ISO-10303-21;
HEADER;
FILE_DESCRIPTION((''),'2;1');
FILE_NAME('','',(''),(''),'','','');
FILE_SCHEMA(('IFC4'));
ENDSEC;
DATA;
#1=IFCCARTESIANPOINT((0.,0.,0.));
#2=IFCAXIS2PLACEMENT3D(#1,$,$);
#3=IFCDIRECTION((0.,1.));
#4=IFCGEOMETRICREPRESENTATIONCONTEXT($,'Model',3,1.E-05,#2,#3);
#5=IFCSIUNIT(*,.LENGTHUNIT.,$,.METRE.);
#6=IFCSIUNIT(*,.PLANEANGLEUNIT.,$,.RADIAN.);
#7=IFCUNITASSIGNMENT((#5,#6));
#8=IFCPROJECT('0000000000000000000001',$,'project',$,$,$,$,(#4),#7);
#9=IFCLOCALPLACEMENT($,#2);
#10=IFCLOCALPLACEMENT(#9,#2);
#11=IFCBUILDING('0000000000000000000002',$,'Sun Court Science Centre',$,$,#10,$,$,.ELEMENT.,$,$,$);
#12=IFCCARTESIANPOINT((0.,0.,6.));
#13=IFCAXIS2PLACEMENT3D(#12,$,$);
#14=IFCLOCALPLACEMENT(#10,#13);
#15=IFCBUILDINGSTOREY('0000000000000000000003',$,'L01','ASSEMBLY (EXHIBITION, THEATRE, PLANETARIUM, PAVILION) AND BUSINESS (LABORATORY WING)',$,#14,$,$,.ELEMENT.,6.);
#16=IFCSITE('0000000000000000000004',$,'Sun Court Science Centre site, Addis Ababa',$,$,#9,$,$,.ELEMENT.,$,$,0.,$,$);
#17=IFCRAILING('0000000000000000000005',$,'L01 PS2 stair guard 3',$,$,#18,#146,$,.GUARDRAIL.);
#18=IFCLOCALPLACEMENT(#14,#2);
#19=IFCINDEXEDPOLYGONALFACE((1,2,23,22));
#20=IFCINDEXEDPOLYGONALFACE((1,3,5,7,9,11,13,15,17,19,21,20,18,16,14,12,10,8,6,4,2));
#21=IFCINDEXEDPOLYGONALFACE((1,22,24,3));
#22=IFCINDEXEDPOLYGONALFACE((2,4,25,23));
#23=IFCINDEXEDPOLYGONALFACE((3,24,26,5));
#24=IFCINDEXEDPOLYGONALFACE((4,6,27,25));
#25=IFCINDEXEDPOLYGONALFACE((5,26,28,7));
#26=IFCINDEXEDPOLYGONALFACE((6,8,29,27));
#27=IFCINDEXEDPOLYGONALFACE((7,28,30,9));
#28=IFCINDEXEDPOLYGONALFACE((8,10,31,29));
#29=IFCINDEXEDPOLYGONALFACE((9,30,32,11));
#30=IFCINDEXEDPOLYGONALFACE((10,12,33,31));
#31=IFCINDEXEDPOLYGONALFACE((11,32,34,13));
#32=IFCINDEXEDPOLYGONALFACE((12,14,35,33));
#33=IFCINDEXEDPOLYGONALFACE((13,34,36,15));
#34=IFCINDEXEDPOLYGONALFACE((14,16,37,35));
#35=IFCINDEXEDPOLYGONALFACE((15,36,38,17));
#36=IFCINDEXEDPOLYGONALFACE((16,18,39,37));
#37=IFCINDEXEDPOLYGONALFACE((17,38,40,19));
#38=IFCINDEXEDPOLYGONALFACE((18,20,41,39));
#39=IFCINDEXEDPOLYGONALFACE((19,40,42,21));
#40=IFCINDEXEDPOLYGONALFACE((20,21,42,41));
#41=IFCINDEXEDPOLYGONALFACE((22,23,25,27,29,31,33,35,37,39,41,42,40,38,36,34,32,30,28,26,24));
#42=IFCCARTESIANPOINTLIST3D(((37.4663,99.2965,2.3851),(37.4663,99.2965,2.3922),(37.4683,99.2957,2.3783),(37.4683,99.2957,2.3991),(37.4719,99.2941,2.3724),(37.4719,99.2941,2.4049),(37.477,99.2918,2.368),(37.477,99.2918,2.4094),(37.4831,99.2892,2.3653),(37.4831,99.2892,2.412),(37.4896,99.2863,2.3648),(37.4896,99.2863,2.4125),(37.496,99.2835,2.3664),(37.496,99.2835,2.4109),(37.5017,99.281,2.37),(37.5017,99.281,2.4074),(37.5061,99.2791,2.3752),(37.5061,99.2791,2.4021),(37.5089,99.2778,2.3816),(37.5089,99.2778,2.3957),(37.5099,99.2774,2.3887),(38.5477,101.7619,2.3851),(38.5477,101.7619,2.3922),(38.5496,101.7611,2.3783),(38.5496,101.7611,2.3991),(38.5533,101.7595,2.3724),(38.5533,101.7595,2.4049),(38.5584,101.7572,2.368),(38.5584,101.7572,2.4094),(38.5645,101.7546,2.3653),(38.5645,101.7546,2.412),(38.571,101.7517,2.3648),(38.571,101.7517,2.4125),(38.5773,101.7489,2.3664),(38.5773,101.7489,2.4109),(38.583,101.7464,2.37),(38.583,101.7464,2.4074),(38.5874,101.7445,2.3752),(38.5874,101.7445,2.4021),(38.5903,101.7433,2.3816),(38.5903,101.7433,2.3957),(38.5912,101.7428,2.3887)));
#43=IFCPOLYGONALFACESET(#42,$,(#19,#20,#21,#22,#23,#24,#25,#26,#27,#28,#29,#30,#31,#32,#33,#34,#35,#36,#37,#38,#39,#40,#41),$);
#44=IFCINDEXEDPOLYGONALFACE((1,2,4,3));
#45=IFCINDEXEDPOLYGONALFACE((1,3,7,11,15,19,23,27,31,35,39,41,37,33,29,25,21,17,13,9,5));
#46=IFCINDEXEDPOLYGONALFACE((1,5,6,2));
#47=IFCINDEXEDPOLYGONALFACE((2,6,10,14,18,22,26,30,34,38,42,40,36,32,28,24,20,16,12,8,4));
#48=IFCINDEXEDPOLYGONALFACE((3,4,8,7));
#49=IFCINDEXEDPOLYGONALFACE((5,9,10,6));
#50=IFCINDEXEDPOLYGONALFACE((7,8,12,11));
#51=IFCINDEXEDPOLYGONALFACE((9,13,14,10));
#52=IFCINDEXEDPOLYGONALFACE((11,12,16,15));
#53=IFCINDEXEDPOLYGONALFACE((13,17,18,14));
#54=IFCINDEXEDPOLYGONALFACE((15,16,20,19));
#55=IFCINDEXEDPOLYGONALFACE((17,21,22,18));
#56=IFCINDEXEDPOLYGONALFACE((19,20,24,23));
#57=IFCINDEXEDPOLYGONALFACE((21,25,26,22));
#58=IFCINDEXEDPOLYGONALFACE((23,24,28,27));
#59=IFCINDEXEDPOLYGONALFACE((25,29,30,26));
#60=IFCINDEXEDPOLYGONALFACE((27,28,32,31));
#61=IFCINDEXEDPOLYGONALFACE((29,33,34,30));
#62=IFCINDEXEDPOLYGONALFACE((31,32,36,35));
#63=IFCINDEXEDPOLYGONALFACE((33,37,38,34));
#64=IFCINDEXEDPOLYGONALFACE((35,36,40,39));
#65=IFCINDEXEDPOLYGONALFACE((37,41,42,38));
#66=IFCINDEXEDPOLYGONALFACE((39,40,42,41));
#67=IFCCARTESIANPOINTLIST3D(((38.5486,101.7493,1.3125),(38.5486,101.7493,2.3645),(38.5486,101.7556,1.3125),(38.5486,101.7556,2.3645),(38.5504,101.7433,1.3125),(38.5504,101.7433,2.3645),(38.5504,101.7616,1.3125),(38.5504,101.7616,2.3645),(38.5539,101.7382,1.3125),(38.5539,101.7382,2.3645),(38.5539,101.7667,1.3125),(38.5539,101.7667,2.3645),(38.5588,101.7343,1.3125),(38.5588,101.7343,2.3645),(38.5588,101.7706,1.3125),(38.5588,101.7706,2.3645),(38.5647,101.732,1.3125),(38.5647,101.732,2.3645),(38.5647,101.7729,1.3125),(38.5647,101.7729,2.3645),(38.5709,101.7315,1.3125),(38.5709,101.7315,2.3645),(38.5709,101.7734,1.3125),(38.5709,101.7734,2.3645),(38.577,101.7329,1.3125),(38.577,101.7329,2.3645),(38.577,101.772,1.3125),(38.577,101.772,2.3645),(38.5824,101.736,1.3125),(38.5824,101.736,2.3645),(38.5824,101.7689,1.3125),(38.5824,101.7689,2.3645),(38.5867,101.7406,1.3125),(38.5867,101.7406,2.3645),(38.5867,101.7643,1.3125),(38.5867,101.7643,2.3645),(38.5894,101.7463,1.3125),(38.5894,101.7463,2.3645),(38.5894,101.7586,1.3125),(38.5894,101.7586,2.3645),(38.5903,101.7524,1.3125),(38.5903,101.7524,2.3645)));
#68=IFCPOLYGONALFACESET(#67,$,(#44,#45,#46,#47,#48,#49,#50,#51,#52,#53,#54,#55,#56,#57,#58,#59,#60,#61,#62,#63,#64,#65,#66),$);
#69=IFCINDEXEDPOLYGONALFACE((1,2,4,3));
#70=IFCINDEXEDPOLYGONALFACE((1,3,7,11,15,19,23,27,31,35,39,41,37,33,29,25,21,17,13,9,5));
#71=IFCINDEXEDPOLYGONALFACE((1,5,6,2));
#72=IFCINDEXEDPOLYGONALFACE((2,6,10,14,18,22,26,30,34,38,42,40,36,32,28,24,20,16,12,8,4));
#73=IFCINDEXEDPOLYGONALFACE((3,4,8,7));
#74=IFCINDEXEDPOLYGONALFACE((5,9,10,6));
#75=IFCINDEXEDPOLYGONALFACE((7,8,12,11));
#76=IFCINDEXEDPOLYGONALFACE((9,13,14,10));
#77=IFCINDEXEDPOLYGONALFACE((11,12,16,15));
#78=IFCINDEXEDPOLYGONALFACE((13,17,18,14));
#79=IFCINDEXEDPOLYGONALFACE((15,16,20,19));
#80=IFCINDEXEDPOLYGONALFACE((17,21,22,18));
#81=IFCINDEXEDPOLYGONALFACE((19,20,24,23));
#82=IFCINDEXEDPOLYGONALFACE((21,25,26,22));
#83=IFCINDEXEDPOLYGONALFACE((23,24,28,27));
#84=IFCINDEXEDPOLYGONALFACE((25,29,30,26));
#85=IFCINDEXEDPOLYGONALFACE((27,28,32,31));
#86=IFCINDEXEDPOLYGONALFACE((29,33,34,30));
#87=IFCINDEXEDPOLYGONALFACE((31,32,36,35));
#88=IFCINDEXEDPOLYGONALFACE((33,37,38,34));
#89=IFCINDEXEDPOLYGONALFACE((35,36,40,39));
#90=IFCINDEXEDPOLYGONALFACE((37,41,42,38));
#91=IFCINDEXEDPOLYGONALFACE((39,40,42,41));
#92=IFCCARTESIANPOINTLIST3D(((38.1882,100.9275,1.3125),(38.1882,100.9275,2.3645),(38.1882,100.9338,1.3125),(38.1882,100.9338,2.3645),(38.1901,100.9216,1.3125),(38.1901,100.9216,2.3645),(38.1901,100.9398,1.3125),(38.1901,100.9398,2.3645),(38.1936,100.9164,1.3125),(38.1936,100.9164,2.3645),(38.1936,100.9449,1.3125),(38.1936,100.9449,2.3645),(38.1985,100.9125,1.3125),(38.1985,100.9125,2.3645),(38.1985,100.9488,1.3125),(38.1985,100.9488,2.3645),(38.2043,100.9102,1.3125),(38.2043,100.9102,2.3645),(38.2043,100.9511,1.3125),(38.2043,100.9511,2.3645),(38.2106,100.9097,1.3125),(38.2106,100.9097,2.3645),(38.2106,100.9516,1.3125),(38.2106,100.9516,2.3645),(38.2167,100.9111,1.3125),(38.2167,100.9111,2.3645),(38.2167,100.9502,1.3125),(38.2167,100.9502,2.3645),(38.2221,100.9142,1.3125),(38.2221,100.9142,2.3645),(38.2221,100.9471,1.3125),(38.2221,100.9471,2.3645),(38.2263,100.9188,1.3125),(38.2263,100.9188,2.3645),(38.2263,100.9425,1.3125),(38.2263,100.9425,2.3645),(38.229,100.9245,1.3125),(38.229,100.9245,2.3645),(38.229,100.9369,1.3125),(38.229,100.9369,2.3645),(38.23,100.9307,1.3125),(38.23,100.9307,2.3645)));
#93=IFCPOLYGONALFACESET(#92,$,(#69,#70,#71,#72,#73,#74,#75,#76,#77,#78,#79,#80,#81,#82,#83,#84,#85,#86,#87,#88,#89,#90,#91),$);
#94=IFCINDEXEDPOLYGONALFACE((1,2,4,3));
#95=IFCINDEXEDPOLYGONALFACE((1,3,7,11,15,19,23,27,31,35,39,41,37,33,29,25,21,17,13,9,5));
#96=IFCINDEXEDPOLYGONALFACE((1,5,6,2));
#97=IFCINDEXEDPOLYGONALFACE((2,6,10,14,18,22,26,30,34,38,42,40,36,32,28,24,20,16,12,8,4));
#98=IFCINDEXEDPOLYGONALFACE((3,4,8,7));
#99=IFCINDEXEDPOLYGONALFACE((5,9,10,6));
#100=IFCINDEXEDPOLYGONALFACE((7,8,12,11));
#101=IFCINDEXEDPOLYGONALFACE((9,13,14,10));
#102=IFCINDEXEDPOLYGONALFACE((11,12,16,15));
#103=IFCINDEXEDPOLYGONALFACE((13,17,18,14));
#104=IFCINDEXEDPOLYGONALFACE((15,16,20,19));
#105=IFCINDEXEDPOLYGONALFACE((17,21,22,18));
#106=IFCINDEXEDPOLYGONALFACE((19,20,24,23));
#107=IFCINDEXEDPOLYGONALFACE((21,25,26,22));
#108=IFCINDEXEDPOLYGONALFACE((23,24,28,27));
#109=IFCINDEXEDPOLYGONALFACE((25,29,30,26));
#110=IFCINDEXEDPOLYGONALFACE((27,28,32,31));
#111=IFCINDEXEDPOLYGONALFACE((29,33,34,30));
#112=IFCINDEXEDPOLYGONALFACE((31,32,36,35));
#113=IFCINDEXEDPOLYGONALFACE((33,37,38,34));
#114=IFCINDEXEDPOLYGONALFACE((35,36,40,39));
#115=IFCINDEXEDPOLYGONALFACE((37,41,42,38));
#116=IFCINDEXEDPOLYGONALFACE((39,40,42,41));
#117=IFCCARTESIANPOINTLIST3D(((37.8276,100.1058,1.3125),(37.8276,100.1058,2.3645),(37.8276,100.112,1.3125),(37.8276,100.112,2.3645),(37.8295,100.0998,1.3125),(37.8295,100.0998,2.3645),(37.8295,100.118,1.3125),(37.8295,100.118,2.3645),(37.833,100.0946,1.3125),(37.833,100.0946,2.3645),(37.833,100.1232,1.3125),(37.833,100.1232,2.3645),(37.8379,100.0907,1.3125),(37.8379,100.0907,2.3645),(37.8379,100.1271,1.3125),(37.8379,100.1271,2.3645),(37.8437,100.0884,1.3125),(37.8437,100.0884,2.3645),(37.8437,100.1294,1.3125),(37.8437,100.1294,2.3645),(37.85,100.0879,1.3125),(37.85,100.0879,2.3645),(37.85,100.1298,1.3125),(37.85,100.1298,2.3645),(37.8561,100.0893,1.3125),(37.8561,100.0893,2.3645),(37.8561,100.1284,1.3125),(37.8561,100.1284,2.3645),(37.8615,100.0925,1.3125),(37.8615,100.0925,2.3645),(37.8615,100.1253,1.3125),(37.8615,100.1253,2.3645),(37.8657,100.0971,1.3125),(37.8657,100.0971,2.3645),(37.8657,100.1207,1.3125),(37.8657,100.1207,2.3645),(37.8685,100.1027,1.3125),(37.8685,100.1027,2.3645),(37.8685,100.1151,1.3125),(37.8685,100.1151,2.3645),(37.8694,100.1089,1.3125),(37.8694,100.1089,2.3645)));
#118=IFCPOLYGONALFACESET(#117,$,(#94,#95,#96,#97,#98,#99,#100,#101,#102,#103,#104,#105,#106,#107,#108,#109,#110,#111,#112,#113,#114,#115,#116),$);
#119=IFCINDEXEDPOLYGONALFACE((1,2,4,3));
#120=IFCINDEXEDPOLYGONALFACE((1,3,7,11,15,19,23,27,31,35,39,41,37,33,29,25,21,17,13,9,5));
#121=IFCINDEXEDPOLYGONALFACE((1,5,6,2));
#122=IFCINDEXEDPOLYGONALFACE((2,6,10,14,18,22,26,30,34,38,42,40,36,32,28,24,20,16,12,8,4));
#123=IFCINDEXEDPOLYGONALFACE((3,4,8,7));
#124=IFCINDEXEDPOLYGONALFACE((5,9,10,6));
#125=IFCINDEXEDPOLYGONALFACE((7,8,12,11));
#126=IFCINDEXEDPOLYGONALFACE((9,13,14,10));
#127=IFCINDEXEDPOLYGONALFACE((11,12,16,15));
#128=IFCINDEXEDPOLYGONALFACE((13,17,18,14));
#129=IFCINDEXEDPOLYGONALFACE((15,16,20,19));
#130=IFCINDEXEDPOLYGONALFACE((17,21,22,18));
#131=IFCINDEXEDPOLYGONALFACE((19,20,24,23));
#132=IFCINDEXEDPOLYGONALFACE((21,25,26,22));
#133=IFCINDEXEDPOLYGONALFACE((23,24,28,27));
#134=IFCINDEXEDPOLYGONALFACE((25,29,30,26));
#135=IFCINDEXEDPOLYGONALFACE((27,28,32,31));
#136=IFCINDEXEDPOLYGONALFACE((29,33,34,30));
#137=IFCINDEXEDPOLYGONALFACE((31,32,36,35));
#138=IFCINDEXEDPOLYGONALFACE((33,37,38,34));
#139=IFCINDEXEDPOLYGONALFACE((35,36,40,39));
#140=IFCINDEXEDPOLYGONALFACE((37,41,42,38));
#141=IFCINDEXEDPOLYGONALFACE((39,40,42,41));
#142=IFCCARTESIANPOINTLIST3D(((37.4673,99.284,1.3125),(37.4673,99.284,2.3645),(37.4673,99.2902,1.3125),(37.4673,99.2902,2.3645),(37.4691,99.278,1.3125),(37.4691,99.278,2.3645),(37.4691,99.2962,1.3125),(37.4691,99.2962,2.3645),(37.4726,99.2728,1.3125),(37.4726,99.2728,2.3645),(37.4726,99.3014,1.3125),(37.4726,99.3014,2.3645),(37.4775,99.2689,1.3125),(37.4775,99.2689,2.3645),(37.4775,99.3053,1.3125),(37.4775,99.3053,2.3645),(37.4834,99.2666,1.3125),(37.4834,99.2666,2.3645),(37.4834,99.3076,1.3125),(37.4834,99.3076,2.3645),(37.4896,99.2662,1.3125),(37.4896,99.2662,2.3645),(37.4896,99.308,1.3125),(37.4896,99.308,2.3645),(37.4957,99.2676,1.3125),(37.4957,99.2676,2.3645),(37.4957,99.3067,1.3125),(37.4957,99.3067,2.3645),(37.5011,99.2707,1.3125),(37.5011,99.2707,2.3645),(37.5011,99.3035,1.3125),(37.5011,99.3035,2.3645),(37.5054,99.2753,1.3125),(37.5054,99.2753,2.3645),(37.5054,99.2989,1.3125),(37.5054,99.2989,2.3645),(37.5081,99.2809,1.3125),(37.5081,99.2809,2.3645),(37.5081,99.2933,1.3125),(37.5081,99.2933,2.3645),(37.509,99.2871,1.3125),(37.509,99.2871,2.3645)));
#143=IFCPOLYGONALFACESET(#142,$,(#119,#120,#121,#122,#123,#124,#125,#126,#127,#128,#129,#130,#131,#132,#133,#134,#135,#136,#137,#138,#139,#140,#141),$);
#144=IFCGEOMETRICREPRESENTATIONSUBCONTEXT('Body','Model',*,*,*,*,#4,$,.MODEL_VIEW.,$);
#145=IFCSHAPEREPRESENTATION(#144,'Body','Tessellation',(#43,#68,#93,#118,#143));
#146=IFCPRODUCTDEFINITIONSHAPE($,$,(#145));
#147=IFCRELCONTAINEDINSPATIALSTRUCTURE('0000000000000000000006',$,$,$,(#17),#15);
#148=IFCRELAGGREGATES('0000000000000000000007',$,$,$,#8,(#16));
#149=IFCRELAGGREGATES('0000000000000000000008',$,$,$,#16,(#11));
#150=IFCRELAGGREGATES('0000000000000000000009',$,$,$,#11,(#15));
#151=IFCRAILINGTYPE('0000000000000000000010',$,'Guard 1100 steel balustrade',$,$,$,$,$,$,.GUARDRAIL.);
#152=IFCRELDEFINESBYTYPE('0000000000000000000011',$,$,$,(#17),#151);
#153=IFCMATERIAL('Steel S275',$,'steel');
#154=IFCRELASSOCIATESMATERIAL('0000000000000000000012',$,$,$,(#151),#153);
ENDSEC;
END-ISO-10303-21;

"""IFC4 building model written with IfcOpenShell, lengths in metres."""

from ifc_helpers import new_model, si_unit, direction, frame, origin, origin_2d, place, context, subcontext, project, spatial, circle, extrude, material, type_object, element, save


model = new_model("IFC4")

# Units and contexts
model_context = context("Model", 3, precision=1e-05, world=origin(), true_north=direction((0.0, 1.0)))
body_context = subcontext(model_context, "Body", "Model", "MODEL_VIEW")
ifc_project = project(units=[si_unit("LENGTHUNIT", "METRE"), si_unit("PLANEANGLEUNIT", "RADIAN")], contexts=[model_context])

# Site, building, storey
site_placement = place(None, origin())
site = spatial("IfcSite", under=ifc_project, at=site_placement, Name="Sun Court Science Centre site, Addis Ababa", CompositionType="ELEMENT", RefElevation=0.0)
building_placement = place(site_placement, origin())
building = spatial("IfcBuilding", under=site, at=building_placement, Name="Sun Court Science Centre", CompositionType="ELEMENT")
storey_placement = place(building_placement, frame((0.0, 0.0, 6.0)))
storey = spatial("IfcBuildingStorey", under=building, at=storey_placement, Name="L01", Description="ASSEMBLY (EXHIBITION, THEATRE, PLANETARIUM, PAVILION) AND BUSINESS (LABORATORY WING)", CompositionType="ELEMENT", Elevation=6.0)

# Railing
ifc_material_1 = material(Name="Steel S275", Category="steel")
railing_type = type_object("IfcRailingType", Name="Guard 1100 steel balustrade", PredefinedType="GUARDRAIL", material=ifc_material_1)
railing_1_placement = place(storey_placement, frame((38.5693, 101.7524, 1.3125)))
element("IfcRailing", 1, at=railing_1_placement, inside=storey, type_object=railing_type, Name="L01 PS2 stair guard 3", PredefinedType="GUARDRAIL", context=body_context, shape_type="SweptSolid", body=[
    extrude(circle(Radius=0.0239, at=origin_2d()), frame((0.0, 0.0, 1.0762), z_axis=(-0.401665, -0.915786, 0.0), x_axis=(0.915786, -0.401665, 0.0)), (0.0, 0.0, 1.0), 2.6921),
    extrude(circle(Radius=0.021, at=origin_2d()), origin(), (0.0, 0.0, 1.0), 1.052),
    extrude(circle(Radius=0.021, at=origin_2d()), frame((-0.3604, -0.8218, 0.0)), (0.0, 0.0, 1.0), 1.052),
    extrude(circle(Radius=0.021, at=origin_2d()), frame((-0.7209, -1.6436, 0.0)), (0.0, 0.0, 1.0), 1.052),
    extrude(circle(Radius=0.021, at=origin_2d()), frame((-1.0813, -2.4653, 0.0)), (0.0, 0.0, 1.0), 1.052),
])

save(model, "model.ifc")
